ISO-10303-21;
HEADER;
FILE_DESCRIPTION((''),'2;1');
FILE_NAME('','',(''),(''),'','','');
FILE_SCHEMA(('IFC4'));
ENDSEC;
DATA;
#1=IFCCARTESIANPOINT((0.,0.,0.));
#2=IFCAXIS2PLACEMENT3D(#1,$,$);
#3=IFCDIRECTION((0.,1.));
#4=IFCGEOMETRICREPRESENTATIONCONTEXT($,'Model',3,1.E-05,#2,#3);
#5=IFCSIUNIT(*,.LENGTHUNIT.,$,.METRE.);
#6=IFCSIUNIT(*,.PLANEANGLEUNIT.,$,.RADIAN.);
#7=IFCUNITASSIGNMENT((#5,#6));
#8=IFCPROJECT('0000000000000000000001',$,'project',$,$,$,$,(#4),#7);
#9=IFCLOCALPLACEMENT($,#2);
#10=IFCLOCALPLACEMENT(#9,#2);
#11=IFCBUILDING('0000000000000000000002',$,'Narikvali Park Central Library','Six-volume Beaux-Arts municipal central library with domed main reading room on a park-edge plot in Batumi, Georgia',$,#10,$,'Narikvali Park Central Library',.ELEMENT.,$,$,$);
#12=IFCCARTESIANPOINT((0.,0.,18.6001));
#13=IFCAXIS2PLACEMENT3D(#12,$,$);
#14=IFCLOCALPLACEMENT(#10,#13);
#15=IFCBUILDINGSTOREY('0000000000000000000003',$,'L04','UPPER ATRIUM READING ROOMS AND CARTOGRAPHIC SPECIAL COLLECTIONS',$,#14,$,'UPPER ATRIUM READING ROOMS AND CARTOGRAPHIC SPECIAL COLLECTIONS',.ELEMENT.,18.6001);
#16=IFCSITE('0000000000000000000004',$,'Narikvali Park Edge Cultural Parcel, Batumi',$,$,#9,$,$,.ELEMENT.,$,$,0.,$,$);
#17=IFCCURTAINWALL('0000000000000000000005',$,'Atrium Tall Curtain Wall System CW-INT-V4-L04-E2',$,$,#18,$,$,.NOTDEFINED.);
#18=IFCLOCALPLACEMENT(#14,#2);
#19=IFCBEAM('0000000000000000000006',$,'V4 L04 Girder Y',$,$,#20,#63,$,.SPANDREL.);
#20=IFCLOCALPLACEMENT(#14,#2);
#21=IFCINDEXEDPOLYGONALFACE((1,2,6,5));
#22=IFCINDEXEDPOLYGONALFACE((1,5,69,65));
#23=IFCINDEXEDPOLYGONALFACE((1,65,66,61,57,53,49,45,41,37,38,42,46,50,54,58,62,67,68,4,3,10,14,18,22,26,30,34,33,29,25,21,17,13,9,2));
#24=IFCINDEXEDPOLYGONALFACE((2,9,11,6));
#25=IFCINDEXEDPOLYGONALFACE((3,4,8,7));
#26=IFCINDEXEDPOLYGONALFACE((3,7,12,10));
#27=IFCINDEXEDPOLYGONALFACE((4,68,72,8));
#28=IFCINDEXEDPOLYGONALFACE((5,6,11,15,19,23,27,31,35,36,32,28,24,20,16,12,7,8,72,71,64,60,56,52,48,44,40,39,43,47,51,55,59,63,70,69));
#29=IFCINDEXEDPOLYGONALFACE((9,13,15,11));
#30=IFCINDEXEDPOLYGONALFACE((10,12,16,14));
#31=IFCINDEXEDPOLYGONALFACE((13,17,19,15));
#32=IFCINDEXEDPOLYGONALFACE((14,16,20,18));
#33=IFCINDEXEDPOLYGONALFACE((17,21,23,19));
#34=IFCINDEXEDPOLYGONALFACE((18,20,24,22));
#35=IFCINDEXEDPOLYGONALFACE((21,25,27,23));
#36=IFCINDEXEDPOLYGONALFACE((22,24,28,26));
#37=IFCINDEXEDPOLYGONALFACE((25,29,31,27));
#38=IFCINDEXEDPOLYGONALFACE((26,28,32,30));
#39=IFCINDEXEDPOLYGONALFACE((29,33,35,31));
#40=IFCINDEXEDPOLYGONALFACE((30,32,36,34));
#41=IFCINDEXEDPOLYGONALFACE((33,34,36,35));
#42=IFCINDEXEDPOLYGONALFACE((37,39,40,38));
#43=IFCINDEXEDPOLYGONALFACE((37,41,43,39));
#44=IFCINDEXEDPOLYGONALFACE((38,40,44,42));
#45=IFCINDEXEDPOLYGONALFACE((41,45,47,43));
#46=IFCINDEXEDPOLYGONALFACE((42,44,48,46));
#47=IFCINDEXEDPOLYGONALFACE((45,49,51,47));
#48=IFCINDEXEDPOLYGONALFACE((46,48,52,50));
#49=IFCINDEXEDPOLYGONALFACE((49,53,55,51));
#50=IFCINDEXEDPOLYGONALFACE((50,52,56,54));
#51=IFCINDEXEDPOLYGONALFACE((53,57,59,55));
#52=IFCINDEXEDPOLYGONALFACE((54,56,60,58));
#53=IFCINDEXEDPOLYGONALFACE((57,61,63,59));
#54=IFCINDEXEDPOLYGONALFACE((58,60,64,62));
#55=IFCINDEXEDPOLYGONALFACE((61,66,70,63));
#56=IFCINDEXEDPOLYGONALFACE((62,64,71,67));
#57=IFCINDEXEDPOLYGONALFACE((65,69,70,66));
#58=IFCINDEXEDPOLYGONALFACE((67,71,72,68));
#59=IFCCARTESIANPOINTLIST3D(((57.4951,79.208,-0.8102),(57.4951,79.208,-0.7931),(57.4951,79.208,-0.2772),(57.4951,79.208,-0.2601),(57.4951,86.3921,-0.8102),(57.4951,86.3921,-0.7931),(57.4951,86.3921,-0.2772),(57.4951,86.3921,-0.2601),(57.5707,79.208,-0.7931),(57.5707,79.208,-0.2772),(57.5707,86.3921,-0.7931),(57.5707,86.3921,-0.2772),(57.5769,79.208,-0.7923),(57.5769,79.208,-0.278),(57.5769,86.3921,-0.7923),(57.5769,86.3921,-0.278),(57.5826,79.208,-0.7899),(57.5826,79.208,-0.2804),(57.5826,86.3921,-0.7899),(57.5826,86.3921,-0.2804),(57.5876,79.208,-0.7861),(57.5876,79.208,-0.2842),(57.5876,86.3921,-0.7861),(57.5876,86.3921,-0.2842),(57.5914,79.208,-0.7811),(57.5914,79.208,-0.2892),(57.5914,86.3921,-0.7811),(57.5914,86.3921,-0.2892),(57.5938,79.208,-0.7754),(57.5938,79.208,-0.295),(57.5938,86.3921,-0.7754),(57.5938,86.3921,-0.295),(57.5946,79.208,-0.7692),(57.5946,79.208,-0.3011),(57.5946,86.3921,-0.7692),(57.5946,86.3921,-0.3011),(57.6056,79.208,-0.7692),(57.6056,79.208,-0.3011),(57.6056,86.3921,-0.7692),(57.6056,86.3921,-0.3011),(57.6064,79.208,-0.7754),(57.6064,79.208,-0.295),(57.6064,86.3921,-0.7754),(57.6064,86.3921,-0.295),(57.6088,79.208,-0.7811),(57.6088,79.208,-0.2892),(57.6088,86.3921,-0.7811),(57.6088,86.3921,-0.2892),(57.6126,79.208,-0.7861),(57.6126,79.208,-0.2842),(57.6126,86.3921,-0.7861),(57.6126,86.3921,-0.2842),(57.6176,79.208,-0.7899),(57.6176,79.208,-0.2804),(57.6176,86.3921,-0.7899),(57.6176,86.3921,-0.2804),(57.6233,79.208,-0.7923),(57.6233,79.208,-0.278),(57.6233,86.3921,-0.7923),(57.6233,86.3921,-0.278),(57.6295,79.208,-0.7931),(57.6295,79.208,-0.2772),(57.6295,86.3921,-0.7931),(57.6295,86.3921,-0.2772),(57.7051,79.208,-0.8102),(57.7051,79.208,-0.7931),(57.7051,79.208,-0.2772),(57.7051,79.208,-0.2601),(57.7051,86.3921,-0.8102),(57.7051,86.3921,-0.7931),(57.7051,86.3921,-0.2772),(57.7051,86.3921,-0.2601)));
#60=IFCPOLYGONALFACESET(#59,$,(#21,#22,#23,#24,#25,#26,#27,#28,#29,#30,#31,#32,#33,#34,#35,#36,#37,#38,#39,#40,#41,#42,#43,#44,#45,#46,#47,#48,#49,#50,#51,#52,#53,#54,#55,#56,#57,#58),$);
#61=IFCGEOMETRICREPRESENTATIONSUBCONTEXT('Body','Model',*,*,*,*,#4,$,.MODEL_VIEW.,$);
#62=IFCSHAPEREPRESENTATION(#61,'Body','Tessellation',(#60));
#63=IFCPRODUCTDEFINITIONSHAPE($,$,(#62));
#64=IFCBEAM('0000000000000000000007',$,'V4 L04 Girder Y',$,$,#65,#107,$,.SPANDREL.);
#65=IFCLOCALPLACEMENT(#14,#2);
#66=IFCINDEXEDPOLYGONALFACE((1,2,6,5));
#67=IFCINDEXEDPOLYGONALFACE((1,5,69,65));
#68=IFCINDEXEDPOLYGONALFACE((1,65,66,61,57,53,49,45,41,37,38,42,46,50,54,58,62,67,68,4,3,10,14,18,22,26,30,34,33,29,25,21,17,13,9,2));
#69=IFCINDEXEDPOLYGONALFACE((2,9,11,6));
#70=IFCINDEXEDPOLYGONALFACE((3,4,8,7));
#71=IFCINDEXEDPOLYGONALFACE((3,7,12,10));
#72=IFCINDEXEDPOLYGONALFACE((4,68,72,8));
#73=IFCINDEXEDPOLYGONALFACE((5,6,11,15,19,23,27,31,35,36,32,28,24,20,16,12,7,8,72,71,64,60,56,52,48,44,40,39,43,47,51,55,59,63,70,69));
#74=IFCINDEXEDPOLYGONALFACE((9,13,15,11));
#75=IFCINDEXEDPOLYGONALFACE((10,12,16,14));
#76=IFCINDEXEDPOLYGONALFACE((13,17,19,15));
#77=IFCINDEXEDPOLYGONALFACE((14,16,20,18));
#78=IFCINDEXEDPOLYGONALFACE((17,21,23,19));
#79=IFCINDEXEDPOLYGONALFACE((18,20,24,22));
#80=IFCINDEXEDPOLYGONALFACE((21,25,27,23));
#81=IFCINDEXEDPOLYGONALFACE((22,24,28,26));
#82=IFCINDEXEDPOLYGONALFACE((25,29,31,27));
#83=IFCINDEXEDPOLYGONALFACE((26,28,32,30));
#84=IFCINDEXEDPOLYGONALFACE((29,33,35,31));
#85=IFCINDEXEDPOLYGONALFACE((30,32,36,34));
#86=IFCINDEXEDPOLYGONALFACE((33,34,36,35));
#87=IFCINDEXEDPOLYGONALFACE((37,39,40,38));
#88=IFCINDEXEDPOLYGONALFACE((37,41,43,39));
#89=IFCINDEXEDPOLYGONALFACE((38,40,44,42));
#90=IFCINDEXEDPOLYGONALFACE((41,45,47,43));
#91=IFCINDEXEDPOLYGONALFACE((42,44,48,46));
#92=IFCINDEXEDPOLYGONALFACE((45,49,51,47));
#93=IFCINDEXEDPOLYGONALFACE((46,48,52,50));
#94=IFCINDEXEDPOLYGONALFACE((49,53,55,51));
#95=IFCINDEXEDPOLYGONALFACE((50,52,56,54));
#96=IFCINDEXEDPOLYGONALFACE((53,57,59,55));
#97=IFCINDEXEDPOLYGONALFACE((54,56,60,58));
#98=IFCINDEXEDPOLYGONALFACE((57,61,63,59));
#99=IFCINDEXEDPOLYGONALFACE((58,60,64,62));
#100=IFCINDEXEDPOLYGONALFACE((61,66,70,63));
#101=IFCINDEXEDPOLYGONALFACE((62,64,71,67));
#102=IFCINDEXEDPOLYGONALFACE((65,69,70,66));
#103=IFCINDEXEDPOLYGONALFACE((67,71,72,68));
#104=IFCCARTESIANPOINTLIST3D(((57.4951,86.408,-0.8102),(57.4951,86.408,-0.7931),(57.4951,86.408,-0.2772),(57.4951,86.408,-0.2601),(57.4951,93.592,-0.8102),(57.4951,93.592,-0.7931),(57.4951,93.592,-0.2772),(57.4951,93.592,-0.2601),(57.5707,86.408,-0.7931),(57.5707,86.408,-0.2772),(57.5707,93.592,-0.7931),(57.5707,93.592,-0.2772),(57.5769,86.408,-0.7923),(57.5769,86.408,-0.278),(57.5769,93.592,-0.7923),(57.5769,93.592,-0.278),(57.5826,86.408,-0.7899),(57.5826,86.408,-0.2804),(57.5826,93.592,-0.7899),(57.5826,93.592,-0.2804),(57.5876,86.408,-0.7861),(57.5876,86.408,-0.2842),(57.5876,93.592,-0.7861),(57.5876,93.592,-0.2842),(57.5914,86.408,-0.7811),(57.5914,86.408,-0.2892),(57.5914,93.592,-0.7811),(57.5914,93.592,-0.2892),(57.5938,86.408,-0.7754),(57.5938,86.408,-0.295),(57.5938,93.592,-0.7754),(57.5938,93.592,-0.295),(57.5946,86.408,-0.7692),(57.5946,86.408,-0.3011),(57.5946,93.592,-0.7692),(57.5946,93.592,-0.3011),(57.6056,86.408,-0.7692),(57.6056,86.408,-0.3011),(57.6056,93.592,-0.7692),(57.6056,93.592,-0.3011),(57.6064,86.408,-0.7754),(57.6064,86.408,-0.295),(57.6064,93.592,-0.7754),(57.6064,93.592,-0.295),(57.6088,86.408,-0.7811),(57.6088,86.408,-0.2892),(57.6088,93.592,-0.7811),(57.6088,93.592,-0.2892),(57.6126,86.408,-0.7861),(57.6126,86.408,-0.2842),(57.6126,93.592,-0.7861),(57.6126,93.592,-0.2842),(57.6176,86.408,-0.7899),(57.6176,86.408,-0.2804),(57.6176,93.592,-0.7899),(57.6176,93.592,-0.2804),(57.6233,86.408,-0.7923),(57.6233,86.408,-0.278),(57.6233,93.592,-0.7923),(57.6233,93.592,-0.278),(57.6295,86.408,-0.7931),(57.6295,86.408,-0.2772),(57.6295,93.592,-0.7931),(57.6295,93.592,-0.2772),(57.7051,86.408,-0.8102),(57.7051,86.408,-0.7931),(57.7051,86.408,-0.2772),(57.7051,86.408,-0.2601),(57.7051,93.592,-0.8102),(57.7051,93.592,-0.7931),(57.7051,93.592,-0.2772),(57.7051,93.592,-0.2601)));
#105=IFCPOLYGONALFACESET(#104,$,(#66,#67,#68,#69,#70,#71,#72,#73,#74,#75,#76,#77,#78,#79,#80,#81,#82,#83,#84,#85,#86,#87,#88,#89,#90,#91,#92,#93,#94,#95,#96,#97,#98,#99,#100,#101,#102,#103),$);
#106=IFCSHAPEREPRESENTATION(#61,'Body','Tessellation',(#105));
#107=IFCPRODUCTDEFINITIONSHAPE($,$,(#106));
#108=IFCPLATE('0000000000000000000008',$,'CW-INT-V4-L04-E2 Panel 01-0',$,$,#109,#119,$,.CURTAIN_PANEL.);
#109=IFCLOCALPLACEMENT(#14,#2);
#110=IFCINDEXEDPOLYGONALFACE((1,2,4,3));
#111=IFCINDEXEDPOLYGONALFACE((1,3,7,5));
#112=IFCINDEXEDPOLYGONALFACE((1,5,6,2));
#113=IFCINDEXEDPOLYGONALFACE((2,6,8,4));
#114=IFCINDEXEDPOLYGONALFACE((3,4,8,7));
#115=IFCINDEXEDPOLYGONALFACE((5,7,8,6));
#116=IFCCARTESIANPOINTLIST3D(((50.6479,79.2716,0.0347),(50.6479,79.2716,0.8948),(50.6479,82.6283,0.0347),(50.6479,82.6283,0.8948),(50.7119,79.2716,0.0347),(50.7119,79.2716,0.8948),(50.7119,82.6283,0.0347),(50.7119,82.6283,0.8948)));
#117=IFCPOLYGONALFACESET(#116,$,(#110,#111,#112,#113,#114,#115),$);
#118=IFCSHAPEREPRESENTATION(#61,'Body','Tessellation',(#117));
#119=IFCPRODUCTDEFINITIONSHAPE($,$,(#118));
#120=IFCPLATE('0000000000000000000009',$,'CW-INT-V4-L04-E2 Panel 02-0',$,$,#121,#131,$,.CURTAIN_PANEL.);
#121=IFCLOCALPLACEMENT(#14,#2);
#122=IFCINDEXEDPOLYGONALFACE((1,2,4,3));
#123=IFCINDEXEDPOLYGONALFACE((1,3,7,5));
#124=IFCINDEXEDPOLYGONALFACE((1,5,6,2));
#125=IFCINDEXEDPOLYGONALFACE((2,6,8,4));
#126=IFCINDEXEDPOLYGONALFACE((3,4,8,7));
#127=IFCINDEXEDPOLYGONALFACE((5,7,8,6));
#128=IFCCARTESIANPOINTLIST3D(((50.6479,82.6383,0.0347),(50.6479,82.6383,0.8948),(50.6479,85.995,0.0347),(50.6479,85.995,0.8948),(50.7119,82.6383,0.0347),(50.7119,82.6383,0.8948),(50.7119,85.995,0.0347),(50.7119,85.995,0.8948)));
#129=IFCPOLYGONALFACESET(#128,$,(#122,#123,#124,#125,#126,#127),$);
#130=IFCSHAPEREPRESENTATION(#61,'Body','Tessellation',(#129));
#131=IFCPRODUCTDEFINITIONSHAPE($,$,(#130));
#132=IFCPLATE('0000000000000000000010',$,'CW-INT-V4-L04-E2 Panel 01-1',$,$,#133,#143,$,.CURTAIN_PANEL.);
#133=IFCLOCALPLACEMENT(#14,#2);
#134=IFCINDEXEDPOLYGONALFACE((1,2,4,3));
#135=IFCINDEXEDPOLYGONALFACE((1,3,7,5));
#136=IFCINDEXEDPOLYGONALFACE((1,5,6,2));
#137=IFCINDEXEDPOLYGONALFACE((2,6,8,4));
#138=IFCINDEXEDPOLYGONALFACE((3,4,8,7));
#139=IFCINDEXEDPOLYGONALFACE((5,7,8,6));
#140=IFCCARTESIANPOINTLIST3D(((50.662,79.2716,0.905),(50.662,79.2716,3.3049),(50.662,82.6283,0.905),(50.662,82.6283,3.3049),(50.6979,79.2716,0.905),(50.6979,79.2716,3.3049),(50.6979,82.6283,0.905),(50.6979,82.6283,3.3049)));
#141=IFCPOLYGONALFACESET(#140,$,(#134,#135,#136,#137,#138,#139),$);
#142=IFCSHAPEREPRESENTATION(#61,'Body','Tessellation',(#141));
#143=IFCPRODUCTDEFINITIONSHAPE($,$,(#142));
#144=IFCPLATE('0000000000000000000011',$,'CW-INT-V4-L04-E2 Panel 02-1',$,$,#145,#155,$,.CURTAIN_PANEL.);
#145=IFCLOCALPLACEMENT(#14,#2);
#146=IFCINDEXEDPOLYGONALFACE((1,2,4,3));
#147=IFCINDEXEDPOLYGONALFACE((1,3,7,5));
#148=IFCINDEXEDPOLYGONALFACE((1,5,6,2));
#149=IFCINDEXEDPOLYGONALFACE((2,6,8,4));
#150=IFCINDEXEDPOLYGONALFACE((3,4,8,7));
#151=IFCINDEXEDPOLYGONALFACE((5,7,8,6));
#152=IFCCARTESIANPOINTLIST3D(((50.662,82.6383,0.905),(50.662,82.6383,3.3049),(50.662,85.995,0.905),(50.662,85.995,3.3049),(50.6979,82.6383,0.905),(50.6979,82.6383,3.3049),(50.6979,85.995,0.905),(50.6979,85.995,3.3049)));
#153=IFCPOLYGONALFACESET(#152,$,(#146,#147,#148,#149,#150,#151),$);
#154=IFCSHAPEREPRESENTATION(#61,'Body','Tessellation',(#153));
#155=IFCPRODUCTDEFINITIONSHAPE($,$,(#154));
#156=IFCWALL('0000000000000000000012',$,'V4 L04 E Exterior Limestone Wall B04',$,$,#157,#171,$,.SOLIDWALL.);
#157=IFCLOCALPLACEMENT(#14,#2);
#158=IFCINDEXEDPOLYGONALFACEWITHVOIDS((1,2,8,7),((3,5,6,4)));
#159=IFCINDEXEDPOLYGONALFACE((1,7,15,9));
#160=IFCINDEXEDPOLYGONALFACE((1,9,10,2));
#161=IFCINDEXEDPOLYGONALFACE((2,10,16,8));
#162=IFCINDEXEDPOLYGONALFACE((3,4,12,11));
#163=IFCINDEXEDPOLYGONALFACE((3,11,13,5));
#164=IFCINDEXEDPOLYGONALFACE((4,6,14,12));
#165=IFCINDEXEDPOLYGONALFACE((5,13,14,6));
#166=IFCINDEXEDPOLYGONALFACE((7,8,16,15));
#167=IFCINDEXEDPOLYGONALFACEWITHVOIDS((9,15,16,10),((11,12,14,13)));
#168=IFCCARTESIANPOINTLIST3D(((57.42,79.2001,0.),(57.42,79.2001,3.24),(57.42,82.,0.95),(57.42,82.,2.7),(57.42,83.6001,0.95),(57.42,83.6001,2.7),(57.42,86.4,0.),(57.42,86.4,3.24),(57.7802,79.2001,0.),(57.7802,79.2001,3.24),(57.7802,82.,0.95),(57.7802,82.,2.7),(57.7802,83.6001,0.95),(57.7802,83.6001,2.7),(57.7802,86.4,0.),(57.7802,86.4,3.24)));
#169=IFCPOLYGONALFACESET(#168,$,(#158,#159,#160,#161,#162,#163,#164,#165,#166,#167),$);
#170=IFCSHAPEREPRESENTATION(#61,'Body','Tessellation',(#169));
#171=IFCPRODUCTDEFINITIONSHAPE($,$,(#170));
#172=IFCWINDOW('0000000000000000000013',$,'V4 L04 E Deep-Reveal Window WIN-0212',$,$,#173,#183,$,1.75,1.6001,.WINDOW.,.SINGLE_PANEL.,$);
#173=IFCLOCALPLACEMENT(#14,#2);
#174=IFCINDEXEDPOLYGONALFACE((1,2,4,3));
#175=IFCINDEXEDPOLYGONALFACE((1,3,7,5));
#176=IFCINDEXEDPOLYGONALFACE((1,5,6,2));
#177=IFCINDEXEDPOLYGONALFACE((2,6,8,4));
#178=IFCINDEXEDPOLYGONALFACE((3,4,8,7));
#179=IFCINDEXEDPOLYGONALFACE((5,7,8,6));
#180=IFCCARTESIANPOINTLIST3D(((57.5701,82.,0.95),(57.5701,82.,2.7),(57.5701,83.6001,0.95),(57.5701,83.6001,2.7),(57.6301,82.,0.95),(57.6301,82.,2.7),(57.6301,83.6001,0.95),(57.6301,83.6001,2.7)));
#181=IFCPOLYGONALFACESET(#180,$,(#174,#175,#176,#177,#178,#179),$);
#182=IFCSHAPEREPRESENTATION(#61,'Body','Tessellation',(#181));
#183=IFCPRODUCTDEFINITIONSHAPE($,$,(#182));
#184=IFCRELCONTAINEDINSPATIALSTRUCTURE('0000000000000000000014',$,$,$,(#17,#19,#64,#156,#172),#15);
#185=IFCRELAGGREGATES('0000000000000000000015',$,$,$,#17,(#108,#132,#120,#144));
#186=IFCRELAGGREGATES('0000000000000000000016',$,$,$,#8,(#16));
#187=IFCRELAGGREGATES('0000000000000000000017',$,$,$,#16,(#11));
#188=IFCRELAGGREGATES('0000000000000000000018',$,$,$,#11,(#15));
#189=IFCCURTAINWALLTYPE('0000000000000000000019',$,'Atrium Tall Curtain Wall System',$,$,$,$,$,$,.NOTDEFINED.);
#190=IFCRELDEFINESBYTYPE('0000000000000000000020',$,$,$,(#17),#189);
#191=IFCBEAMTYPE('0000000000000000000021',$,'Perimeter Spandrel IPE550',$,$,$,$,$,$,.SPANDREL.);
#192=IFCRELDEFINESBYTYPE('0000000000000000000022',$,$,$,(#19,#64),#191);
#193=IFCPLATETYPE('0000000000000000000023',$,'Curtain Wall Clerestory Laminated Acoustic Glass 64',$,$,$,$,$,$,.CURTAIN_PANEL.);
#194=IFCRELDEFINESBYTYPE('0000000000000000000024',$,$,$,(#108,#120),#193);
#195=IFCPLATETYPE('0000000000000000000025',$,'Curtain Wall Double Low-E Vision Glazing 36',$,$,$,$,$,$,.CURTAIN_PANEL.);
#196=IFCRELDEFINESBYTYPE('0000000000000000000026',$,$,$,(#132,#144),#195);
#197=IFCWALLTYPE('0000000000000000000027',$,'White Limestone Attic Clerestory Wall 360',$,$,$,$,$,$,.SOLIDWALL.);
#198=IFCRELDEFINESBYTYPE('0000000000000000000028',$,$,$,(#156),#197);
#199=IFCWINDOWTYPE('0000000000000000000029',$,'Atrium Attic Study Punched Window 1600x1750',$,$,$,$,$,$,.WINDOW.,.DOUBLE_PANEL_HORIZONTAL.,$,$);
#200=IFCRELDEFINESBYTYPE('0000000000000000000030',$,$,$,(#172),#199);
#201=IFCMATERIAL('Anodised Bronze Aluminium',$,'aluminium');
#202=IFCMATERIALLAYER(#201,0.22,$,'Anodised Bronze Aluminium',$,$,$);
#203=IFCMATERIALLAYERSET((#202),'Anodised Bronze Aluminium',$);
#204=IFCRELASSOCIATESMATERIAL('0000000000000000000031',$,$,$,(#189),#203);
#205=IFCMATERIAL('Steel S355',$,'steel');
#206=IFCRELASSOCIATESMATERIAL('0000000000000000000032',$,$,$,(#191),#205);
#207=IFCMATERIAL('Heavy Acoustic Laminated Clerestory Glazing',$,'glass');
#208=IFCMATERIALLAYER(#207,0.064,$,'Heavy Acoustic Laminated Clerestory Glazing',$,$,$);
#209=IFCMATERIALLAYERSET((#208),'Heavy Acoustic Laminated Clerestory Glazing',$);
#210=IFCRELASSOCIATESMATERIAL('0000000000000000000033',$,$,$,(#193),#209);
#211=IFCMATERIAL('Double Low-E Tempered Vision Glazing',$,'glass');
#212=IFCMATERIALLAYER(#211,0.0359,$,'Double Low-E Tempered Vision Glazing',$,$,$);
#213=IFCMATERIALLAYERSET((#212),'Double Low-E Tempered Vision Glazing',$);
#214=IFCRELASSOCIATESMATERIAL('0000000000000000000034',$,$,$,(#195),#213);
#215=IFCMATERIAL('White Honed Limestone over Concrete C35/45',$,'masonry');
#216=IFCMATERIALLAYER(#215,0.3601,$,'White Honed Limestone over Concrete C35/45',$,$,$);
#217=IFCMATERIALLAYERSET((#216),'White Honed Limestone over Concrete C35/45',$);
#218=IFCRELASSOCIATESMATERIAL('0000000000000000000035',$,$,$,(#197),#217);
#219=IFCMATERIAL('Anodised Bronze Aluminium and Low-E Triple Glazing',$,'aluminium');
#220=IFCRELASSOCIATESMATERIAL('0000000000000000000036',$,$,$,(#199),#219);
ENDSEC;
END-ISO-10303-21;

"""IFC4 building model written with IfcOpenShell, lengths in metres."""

from ifc_helpers import new_model, si_unit, direction, frame, frame_2d, origin, origin_2d, place, context, subcontext, project, spatial, rectangle, i_section, extrude, material, layer, layer_set, material_profile, profile_set, type_object, element, fill, aggregate, save


model = new_model("IFC4")

# Units and contexts
model_context = context("Model", 3, precision=1e-05, world=origin(), true_north=direction((0.0, 1.0)))
body_context = subcontext(model_context, "Body", "Model", "MODEL_VIEW")
ifc_project = project(units=[si_unit("LENGTHUNIT", "METRE"), si_unit("PLANEANGLEUNIT", "RADIAN")], contexts=[model_context])

# Site, building, storey
site_placement = place(None, origin())
site = spatial("IfcSite", under=ifc_project, at=site_placement, Name="Narikvali Park Edge Cultural Parcel, Batumi", CompositionType="ELEMENT", RefElevation=0.0)
building_placement = place(site_placement, origin())
building = spatial("IfcBuilding", under=site, at=building_placement, Name="Narikvali Park Central Library", Description="Six-volume Beaux-Arts municipal central library with domed main reading room on a park-edge plot in Batumi, Georgia", LongName="Narikvali Park Central Library", CompositionType="ELEMENT")
storey_placement = place(building_placement, frame((0.0, 0.0, 18.6001)))
storey = spatial("IfcBuildingStorey", under=building, at=storey_placement, Name="L04", Description="UPPER ATRIUM READING ROOMS AND CARTOGRAPHIC SPECIAL COLLECTIONS", LongName="UPPER ATRIUM READING ROOMS AND CARTOGRAPHIC SPECIAL COLLECTIONS", CompositionType="ELEMENT", Elevation=18.6001)

# Shared definitions
ifc_material_1 = material(Name="Steel S355", Category="steel")

# Curtain wall
ifc_material_2 = material(Name="Anodised Bronze Aluminium", Category="aluminium")
ifc_layer_1 = layer(ifc_material_2, 0.22, Name="Anodised Bronze Aluminium")
ifc_layer_set_1 = layer_set([ifc_layer_1], Name="Anodised Bronze Aluminium")
curtain_wall_type = type_object("IfcCurtainWallType", Name="Atrium Tall Curtain Wall System", PredefinedType="NOTDEFINED", material=ifc_layer_set_1)
curtain_wall_placement = place(storey_placement, origin())
curtain_wall = element("IfcCurtainWall", 1, at=curtain_wall_placement, inside=storey, type_object=curtain_wall_type, Name="Atrium Tall Curtain Wall System CW-INT-V4-L04-E2", PredefinedType="NOTDEFINED")

# Beams
ifc_material_profile_1 = material_profile(ifc_material_1, i_section(OverallWidth=0.21, OverallDepth=0.55, WebThickness=0.011, FlangeThickness=0.0171, FilletRadius=0.0239, at=origin_2d()), Name="IPE 550")
ifc_profile_set_1 = profile_set([ifc_material_profile_1], Name="Steel S355")
beam_type_1 = type_object("IfcBeamType", Name="Perimeter Spandrel IPE550", PredefinedType="SPANDREL", material=ifc_profile_set_1)
for number, where, z_axis, x_axis, name in (
    (2, (57.6001, 79.208, -0.5352), (0.0, 1.0, 0.0), (-1.0, 0.0, 0.0), "V4 L04 Girder Y"),
    (3, (57.6001, 86.408, -0.5352), (0.0, 1.0, 0.0), (-1.0, 0.0, 0.0), "V4 L04 Girder Y"),
):
    element("IfcBeam", number, at=place(storey_placement, frame(where, z_axis=z_axis, x_axis=x_axis)), inside=storey, type_object=beam_type_1, Name=name, PredefinedType="SPANDREL", context=body_context, shape_type="SweptSolid", body=[
        extrude(i_section(OverallWidth=0.21, OverallDepth=0.55, WebThickness=0.011, FlangeThickness=0.0171, FilletRadius=0.0239, at=origin_2d()), origin(), (0.0, 0.0, 1.0), 7.1841),
    ])

# Plates
ifc_material_3 = material(Name="Heavy Acoustic Laminated Clerestory Glazing", Category="glass")
ifc_layer_2 = layer(ifc_material_3, 0.064, Name="Heavy Acoustic Laminated Clerestory Glazing")
ifc_layer_set_2 = layer_set([ifc_layer_2], Name="Heavy Acoustic Laminated Clerestory Glazing")
plate_type_1 = type_object("IfcPlateType", Name="Curtain Wall Clerestory Laminated Acoustic Glass 64", PredefinedType="CURTAIN_PANEL", material=ifc_layer_set_2)
plate_1_placement = place(storey_placement, frame((50.6799, 80.95, 0.0347), z_axis=(0.0, 0.0, 1.0), x_axis=(0.0, 1.0, 0.0)))
plate_1 = element("IfcPlate", 4, at=plate_1_placement, type_object=plate_type_1, Name="CW-INT-V4-L04-E2 Panel 01-0", PredefinedType="CURTAIN_PANEL", context=body_context, shape_type="SweptSolid", body=[
    extrude(rectangle(XDim=3.3567, YDim=0.064, at=origin_2d()), origin(), (0.0, 0.0, 1.0), 0.8601),
])
plate_2_placement = place(storey_placement, frame((50.6799, 84.3167, 0.0347), z_axis=(0.0, 0.0, 1.0), x_axis=(0.0, 1.0, 0.0)))
plate_2 = element("IfcPlate", 5, at=plate_2_placement, type_object=plate_type_1, Name="CW-INT-V4-L04-E2 Panel 02-0", PredefinedType="CURTAIN_PANEL", context=body_context, shape_type="SweptSolid", body=[
    extrude(rectangle(XDim=3.3567, YDim=0.064, at=origin_2d()), origin(), (0.0, 0.0, 1.0), 0.8601),
])
ifc_material_4 = material(Name="Double Low-E Tempered Vision Glazing", Category="glass")
ifc_layer_3 = layer(ifc_material_4, 0.0359, Name="Double Low-E Tempered Vision Glazing")
ifc_layer_set_3 = layer_set([ifc_layer_3], Name="Double Low-E Tempered Vision Glazing")
plate_type_2 = type_object("IfcPlateType", Name="Curtain Wall Double Low-E Vision Glazing 36", PredefinedType="CURTAIN_PANEL", material=ifc_layer_set_3)
plate_3_placement = place(storey_placement, frame((50.6799, 80.95, 0.905), z_axis=(0.0, 0.0, 1.0), x_axis=(0.0, 1.0, 0.0)))
plate_3 = element("IfcPlate", 6, at=plate_3_placement, type_object=plate_type_2, Name="CW-INT-V4-L04-E2 Panel 01-1", PredefinedType="CURTAIN_PANEL", context=body_context, shape_type="SweptSolid", body=[
    extrude(rectangle(XDim=3.3567, YDim=0.0359, at=origin_2d()), origin(), (0.0, 0.0, 1.0), 2.3999),
])
plate_4_placement = place(storey_placement, frame((50.6799, 84.3167, 0.905), z_axis=(0.0, 0.0, 1.0), x_axis=(0.0, 1.0, 0.0)))
plate_4 = element("IfcPlate", 7, at=plate_4_placement, type_object=plate_type_2, Name="CW-INT-V4-L04-E2 Panel 02-1", PredefinedType="CURTAIN_PANEL", context=body_context, shape_type="SweptSolid", body=[
    extrude(rectangle(XDim=3.3567, YDim=0.0359, at=origin_2d()), origin(), (0.0, 0.0, 1.0), 2.3999),
])
aggregate(curtain_wall, [plate_1, plate_3, plate_2, plate_4])

# Wall, opening, window
ifc_material_5 = material(Name="White Honed Limestone over Concrete C35/45", Category="masonry")
ifc_layer_4 = layer(ifc_material_5, 0.3601, Name="White Honed Limestone over Concrete C35/45")
ifc_layer_set_4 = layer_set([ifc_layer_4], Name="White Honed Limestone over Concrete C35/45")
wall_type = type_object("IfcWallType", Name="White Limestone Attic Clerestory Wall 360", PredefinedType="SOLIDWALL", material=ifc_layer_set_4)
wall_1_placement = place(storey_placement, frame((57.6001, 79.2, 0.0), z_axis=(0.0, 0.0, 1.0), x_axis=(0.0, 1.0, 0.0)))
wall_1 = element("IfcWall", 8, at=wall_1_placement, inside=storey, type_object=wall_type, Name="V4 L04 E Exterior Limestone Wall B04", PredefinedType="SOLIDWALL", context=body_context, shape_type="SweptSolid", body=[
    extrude(rectangle(XDim=7.2, YDim=0.3601, at=frame_2d((3.6001, 0.0))), origin(), (0.0, 0.0, 1.0), 3.24),
])
opening_1_placement = place(wall_1_placement, frame((2.8, 0.0, 0.95)))
opening_1 = element("IfcOpeningElement", 9, at=opening_1_placement, cuts=wall_1, PredefinedType="OPENING", context=body_context, shape_type="SweptSolid", body=[
    extrude(rectangle(XDim=1.6001, YDim=1.75, at=frame_2d((0.8, 0.875))), frame((0.0, 0.1919, 0.0), z_axis=(0.0, -1.0, 0.0), x_axis=(1.0, 0.0, 0.0)), (0.0, 0.0, 1.0), 0.384),
])
ifc_material_6 = material(Name="Anodised Bronze Aluminium and Low-E Triple Glazing", Category="aluminium")
window_type = type_object("IfcWindowType", Name="Atrium Attic Study Punched Window 1600x1750", PartitioningType="DOUBLE_PANEL_HORIZONTAL", PredefinedType="WINDOW", material=ifc_material_6)
window_1_placement = place(opening_1_placement, origin())
window_1 = element("IfcWindow", 10, at=window_1_placement, inside=storey, type_object=window_type, Name="V4 L04 E Deep-Reveal Window WIN-0212", OverallHeight=1.75, OverallWidth=1.6001, PartitioningType="SINGLE_PANEL", PredefinedType="WINDOW", context=body_context, shape_type="SweptSolid", body=[
    extrude(rectangle(XDim=1.6001, YDim=1.75, at=frame_2d((0.8, 0.875))), frame((0.0, 0.03, 0.0), z_axis=(0.0, -1.0, 0.0), x_axis=(1.0, 0.0, 0.0)), (0.0, 0.0, 1.0), 0.0601),
])
fill(opening_1, window_1)

save(model, "model.ifc")
